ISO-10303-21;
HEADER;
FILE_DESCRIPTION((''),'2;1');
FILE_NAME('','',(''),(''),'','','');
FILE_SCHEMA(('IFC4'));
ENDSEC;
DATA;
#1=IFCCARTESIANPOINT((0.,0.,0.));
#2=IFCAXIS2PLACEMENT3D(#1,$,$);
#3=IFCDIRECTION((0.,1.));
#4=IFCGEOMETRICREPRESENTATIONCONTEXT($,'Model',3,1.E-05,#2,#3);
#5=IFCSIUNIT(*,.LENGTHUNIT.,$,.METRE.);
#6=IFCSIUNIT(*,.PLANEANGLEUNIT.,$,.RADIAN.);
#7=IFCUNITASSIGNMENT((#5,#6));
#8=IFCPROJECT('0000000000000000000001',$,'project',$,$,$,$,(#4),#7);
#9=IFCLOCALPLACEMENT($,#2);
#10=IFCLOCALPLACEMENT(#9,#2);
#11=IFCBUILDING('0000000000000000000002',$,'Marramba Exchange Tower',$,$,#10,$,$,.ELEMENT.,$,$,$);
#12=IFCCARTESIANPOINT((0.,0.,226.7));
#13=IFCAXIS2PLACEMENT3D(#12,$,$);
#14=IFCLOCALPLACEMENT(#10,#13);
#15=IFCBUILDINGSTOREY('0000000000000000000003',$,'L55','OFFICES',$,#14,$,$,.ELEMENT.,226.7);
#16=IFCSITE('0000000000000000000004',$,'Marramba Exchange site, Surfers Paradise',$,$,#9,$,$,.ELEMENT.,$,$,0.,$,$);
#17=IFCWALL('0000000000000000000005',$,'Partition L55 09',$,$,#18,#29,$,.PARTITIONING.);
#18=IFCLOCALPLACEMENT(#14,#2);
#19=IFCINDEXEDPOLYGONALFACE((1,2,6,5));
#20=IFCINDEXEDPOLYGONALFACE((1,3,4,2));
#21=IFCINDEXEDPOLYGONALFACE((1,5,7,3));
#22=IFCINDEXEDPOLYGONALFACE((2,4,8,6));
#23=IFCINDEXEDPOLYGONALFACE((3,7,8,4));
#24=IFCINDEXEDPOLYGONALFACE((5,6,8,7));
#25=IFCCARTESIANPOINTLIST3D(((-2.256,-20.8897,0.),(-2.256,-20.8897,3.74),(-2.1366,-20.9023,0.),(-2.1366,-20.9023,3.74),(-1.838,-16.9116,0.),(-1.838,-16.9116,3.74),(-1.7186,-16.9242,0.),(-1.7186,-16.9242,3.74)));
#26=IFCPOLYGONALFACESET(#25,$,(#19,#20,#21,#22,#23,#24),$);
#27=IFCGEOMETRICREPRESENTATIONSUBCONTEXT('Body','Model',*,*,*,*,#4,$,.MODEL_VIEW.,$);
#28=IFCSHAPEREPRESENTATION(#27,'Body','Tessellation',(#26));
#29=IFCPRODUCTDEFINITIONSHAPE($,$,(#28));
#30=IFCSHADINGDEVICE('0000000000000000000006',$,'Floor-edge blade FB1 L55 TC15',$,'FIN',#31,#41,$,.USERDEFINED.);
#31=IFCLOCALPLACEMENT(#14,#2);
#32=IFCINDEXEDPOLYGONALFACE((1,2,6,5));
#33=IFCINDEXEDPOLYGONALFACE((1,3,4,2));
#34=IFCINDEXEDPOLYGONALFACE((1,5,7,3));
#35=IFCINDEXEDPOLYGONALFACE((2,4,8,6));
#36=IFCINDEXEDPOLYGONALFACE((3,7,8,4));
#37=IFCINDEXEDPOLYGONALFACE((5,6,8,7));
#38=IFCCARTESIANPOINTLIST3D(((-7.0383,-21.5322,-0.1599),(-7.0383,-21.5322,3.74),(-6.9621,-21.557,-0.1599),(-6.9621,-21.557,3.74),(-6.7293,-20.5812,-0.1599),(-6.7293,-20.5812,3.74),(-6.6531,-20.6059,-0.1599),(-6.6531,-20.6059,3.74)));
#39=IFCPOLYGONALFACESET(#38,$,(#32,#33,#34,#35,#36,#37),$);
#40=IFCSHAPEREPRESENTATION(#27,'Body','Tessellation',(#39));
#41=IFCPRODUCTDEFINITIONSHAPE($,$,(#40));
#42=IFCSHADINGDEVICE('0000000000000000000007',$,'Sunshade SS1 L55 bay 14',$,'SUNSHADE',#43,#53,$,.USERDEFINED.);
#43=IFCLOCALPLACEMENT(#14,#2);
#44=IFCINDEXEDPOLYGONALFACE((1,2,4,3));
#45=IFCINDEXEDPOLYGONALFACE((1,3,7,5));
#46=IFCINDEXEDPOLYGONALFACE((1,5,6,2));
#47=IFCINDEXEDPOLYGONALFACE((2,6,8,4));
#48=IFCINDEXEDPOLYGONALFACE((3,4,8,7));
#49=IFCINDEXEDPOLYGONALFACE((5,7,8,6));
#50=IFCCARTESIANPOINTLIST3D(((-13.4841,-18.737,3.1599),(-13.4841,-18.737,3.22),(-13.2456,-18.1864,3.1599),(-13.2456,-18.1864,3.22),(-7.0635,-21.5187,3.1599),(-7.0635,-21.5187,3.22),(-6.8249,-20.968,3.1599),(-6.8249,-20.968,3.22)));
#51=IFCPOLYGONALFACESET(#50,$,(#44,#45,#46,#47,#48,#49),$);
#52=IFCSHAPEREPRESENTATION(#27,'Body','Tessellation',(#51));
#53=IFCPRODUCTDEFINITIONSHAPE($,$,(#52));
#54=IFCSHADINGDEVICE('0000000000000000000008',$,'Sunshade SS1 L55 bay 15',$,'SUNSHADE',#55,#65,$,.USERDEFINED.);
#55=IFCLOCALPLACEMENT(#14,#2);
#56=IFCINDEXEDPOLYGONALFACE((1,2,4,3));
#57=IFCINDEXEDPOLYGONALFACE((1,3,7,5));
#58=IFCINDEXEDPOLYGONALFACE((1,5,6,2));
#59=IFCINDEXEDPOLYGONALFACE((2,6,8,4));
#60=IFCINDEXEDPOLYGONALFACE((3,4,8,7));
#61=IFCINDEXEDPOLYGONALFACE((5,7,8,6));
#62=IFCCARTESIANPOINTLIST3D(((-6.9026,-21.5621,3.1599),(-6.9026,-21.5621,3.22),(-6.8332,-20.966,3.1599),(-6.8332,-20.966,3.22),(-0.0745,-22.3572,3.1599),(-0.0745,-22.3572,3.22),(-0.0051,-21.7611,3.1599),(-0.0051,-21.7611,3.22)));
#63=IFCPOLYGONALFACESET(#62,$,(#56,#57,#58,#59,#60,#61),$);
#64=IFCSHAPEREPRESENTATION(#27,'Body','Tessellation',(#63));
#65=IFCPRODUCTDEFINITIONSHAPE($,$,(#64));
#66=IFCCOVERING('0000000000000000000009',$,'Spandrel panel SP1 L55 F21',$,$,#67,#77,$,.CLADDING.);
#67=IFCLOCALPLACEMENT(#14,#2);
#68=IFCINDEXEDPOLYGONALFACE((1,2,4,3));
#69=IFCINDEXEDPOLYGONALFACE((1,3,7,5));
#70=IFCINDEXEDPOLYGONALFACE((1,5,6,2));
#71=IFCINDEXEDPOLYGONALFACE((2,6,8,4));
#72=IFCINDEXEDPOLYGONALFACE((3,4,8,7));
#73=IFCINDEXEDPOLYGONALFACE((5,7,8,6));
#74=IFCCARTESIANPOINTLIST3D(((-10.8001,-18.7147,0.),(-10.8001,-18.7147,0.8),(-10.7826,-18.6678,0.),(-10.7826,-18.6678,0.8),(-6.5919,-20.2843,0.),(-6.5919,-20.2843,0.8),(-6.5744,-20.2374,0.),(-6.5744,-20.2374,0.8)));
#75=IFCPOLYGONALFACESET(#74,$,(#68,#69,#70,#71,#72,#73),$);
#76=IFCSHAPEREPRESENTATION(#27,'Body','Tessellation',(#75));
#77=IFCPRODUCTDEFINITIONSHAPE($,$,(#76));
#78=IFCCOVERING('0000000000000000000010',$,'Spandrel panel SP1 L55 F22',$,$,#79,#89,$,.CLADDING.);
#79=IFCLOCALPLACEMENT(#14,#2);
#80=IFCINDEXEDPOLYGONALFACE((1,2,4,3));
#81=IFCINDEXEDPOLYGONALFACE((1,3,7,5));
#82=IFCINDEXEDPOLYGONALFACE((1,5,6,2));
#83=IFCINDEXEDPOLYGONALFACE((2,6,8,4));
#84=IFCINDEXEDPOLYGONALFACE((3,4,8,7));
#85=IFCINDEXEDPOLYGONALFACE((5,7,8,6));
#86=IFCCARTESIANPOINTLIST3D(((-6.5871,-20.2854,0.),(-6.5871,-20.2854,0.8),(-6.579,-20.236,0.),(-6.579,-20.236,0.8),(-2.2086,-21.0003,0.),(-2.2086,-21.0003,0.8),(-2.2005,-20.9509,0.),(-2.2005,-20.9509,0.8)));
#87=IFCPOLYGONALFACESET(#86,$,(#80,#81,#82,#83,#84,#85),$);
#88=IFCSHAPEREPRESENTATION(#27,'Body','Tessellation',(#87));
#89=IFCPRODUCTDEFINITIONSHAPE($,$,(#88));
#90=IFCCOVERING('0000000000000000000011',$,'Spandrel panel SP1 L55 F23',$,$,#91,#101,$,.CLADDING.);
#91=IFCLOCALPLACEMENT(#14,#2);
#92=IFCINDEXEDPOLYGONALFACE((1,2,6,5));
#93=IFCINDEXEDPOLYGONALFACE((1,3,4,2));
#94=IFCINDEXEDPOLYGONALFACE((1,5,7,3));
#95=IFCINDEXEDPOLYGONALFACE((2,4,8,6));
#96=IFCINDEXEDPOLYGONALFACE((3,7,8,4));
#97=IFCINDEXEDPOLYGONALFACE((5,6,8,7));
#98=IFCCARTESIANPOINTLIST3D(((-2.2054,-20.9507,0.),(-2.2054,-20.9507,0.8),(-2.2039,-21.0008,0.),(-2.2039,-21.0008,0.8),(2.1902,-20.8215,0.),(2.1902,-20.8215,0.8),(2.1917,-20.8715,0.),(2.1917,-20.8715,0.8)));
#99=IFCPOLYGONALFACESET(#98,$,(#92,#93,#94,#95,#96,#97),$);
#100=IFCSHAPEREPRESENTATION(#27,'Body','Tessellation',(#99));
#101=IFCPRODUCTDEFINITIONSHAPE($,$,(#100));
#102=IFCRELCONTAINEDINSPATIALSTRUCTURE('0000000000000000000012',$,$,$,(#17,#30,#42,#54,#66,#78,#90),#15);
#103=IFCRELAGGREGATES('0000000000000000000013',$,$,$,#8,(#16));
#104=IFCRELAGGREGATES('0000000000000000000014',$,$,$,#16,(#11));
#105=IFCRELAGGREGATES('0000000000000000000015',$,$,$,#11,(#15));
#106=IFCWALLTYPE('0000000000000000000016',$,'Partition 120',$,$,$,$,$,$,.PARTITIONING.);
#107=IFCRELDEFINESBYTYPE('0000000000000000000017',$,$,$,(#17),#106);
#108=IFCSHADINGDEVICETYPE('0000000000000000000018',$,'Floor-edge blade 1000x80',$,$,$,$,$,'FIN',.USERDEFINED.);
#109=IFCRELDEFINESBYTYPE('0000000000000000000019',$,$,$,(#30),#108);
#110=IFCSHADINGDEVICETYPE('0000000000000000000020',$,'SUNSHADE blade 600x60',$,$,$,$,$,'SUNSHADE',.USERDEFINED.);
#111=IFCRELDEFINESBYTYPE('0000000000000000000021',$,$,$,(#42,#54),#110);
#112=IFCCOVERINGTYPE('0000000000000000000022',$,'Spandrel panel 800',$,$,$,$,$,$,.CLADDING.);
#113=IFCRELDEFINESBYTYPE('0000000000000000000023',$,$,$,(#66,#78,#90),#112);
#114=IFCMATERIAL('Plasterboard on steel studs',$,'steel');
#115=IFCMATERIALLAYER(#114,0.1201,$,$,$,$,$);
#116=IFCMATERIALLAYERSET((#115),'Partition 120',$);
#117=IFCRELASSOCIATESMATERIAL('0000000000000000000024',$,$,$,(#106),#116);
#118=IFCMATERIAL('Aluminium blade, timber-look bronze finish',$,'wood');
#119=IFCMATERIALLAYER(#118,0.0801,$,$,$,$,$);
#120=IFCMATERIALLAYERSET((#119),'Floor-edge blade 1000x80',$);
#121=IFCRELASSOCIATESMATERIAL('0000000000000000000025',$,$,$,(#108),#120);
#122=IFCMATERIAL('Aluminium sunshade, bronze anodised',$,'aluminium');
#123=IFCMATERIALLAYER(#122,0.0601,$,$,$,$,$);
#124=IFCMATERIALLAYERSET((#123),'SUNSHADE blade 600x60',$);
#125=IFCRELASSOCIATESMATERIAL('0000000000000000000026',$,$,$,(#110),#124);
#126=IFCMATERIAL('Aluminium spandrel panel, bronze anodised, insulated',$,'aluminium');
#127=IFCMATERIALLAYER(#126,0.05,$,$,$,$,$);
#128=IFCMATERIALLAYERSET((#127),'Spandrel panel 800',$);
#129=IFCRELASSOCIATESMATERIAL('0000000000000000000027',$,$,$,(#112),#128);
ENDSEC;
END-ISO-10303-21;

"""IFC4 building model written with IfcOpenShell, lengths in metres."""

from ifc_helpers import new_model, si_unit, direction, frame, frame_2d, origin, origin_2d, place, context, subcontext, project, spatial, rectangle, extrude, material, layer, layer_set, type_object, element, save


model = new_model("IFC4")

# Units and contexts
model_context = context("Model", 3, precision=1e-05, world=origin(), true_north=direction((0.0, 1.0)))
body_context = subcontext(model_context, "Body", "Model", "MODEL_VIEW")
ifc_project = project(units=[si_unit("LENGTHUNIT", "METRE"), si_unit("PLANEANGLEUNIT", "RADIAN")], contexts=[model_context])

# Site, building, storey
site_placement = place(None, origin())
site = spatial("IfcSite", under=ifc_project, at=site_placement, Name="Marramba Exchange site, Surfers Paradise", CompositionType="ELEMENT", RefElevation=0.0)
building_placement = place(site_placement, origin())
building = spatial("IfcBuilding", under=site, at=building_placement, Name="Marramba Exchange Tower", CompositionType="ELEMENT")
storey_placement = place(building_placement, frame((0.0, 0.0, 226.7)))
storey = spatial("IfcBuildingStorey", under=building, at=storey_placement, Name="L55", Description="OFFICES", CompositionType="ELEMENT", Elevation=226.7)

# Shared definitions
ifc_material_1 = material(Name="Plasterboard on steel studs", Category="steel")
ifc_layer_1 = layer(ifc_material_1, 0.1201)
ifc_layer_set_1 = layer_set([ifc_layer_1], Name="Partition 120")
wall_type = type_object("IfcWallType", Name="Partition 120", PredefinedType="PARTITIONING", material=ifc_layer_set_1)

# Wall
wall_1_placement = place(storey_placement, frame((-2.1963, -20.896, 0.0), z_axis=(0.0, 0.0, 1.0), x_axis=(0.104494, 0.994526, 0.0)))
element("IfcWall", 1, at=wall_1_placement, inside=storey, type_object=wall_type, Name="Partition L55 09", PredefinedType="PARTITIONING", context=body_context, shape_type="SweptSolid", body=[
    extrude(rectangle(XDim=4.0, YDim=0.1201, at=frame_2d((2.0, 0.0))), origin(), (0.0, 0.0, 1.0), 3.74),
])

# Shading devices
ifc_material_2 = material(Name="Aluminium blade, timber-look bronze finish", Category="wood")
ifc_layer_2 = layer(ifc_material_2, 0.0801)
ifc_layer_set_2 = layer_set([ifc_layer_2], Name="Floor-edge blade 1000x80")
shading_device_type_1 = type_object("IfcShadingDeviceType", Name="Floor-edge blade 1000x80", ElementType="FIN", PredefinedType="USERDEFINED", material=ifc_layer_set_2)
shading_device_1_placement = place(storey_placement, frame((-6.8457, -21.0691, -0.1599), z_axis=(0.0, 0.0, 1.0), x_axis=(-0.309017, -0.951057, 0.0)))
element("IfcShadingDevice", 2, at=shading_device_1_placement, inside=storey, type_object=shading_device_type_1, Name="Floor-edge blade FB1 L55 TC15", ObjectType="FIN", PredefinedType="USERDEFINED", context=body_context, shape_type="SweptSolid", body=[
    extrude(rectangle(XDim=1.0, YDim=0.0801, at=origin_2d()), origin(), (0.0, 0.0, 1.0), 3.8999),
])
ifc_material_3 = material(Name="Aluminium sunshade, bronze anodised", Category="aluminium")
ifc_layer_3 = layer(ifc_material_3, 0.0601)
ifc_layer_set_3 = layer_set([ifc_layer_3], Name="SUNSHADE blade 600x60")
shading_device_type_2 = type_object("IfcShadingDeviceType", Name="SUNSHADE blade 600x60", ElementType="SUNSHADE", PredefinedType="USERDEFINED", material=ifc_layer_set_3)
shading_device_2_placement = place(storey_placement, frame((-10.1545, -19.8525, 3.1599), z_axis=(0.0, 0.0, 1.0), x_axis=(0.917589, -0.39753, 0.0)))
element("IfcShadingDevice", 3, at=shading_device_2_placement, inside=storey, type_object=shading_device_type_2, Name="Sunshade SS1 L55 bay 14", ObjectType="SUNSHADE", PredefinedType="USERDEFINED", context=body_context, shape_type="SweptSolid", body=[
    extrude(rectangle(XDim=6.9973, YDim=0.6001, at=origin_2d()), origin(), (0.0, 0.0, 1.0), 0.0601),
])
shading_device_3_placement = place(storey_placement, frame((-3.4539, -21.6616, 3.1599), z_axis=(0.0, 0.0, 1.0), x_axis=(0.993288, -0.115665, 0.0)))
element("IfcShadingDevice", 4, at=shading_device_3_placement, inside=storey, type_object=shading_device_type_2, Name="Sunshade SS1 L55 bay 15", ObjectType="SUNSHADE", PredefinedType="USERDEFINED", context=body_context, shape_type="SweptSolid", body=[
    extrude(rectangle(XDim=6.8743, YDim=0.6001, at=origin_2d()), origin(), (0.0, 0.0, 1.0), 0.0601),
])

# Coverings
ifc_material_4 = material(Name="Aluminium spandrel panel, bronze anodised, insulated", Category="aluminium")
ifc_layer_4 = layer(ifc_material_4, 0.05)
ifc_layer_set_4 = layer_set([ifc_layer_4], Name="Spandrel panel 800")
covering_type = type_object("IfcCoveringType", Name="Spandrel panel 800", PredefinedType="CLADDING", material=ifc_layer_set_4)
covering_1_placement = place(storey_placement, frame((-8.6873, -19.4761, 0.0), z_axis=(0.0, 0.0, 1.0), x_axis=(0.936952, -0.349459, 0.0)))
element("IfcCovering", 5, at=covering_1_placement, inside=storey, type_object=covering_type, Name="Spandrel panel SP1 L55 F21", PredefinedType="CLADDING", context=body_context, shape_type="SweptSolid", body=[
    extrude(rectangle(XDim=4.4915, YDim=0.05, at=origin_2d()), origin(), (0.0, 0.0, 1.0), 0.8),
])
covering_2_placement = place(storey_placement, frame((-4.3938, -20.6182, 0.0), z_axis=(0.0, 0.0, 1.0), x_axis=(0.986931, -0.161146, 0.0)))
element("IfcCovering", 6, at=covering_2_placement, inside=storey, type_object=covering_type, Name="Spandrel panel SP1 L55 F22", PredefinedType="CLADDING", context=body_context, shape_type="SweptSolid", body=[
    extrude(rectangle(XDim=4.4365, YDim=0.05, at=origin_2d()), origin(), (0.0, 0.0, 1.0), 0.8),
])
covering_3_placement = place(storey_placement, frame((-0.0068, -20.9111, 0.0), z_axis=(0.0, 0.0, 1.0), x_axis=(0.999568, 0.029393, 0.0)))
element("IfcCovering", 7, at=covering_3_placement, inside=storey, type_object=covering_type, Name="Spandrel panel SP1 L55 F23", PredefinedType="CLADDING", context=body_context, shape_type="SweptSolid", body=[
    extrude(rectangle(XDim=4.3975, YDim=0.05, at=origin_2d()), origin(), (0.0, 0.0, 1.0), 0.8),
])

save(model, "model.ifc")
